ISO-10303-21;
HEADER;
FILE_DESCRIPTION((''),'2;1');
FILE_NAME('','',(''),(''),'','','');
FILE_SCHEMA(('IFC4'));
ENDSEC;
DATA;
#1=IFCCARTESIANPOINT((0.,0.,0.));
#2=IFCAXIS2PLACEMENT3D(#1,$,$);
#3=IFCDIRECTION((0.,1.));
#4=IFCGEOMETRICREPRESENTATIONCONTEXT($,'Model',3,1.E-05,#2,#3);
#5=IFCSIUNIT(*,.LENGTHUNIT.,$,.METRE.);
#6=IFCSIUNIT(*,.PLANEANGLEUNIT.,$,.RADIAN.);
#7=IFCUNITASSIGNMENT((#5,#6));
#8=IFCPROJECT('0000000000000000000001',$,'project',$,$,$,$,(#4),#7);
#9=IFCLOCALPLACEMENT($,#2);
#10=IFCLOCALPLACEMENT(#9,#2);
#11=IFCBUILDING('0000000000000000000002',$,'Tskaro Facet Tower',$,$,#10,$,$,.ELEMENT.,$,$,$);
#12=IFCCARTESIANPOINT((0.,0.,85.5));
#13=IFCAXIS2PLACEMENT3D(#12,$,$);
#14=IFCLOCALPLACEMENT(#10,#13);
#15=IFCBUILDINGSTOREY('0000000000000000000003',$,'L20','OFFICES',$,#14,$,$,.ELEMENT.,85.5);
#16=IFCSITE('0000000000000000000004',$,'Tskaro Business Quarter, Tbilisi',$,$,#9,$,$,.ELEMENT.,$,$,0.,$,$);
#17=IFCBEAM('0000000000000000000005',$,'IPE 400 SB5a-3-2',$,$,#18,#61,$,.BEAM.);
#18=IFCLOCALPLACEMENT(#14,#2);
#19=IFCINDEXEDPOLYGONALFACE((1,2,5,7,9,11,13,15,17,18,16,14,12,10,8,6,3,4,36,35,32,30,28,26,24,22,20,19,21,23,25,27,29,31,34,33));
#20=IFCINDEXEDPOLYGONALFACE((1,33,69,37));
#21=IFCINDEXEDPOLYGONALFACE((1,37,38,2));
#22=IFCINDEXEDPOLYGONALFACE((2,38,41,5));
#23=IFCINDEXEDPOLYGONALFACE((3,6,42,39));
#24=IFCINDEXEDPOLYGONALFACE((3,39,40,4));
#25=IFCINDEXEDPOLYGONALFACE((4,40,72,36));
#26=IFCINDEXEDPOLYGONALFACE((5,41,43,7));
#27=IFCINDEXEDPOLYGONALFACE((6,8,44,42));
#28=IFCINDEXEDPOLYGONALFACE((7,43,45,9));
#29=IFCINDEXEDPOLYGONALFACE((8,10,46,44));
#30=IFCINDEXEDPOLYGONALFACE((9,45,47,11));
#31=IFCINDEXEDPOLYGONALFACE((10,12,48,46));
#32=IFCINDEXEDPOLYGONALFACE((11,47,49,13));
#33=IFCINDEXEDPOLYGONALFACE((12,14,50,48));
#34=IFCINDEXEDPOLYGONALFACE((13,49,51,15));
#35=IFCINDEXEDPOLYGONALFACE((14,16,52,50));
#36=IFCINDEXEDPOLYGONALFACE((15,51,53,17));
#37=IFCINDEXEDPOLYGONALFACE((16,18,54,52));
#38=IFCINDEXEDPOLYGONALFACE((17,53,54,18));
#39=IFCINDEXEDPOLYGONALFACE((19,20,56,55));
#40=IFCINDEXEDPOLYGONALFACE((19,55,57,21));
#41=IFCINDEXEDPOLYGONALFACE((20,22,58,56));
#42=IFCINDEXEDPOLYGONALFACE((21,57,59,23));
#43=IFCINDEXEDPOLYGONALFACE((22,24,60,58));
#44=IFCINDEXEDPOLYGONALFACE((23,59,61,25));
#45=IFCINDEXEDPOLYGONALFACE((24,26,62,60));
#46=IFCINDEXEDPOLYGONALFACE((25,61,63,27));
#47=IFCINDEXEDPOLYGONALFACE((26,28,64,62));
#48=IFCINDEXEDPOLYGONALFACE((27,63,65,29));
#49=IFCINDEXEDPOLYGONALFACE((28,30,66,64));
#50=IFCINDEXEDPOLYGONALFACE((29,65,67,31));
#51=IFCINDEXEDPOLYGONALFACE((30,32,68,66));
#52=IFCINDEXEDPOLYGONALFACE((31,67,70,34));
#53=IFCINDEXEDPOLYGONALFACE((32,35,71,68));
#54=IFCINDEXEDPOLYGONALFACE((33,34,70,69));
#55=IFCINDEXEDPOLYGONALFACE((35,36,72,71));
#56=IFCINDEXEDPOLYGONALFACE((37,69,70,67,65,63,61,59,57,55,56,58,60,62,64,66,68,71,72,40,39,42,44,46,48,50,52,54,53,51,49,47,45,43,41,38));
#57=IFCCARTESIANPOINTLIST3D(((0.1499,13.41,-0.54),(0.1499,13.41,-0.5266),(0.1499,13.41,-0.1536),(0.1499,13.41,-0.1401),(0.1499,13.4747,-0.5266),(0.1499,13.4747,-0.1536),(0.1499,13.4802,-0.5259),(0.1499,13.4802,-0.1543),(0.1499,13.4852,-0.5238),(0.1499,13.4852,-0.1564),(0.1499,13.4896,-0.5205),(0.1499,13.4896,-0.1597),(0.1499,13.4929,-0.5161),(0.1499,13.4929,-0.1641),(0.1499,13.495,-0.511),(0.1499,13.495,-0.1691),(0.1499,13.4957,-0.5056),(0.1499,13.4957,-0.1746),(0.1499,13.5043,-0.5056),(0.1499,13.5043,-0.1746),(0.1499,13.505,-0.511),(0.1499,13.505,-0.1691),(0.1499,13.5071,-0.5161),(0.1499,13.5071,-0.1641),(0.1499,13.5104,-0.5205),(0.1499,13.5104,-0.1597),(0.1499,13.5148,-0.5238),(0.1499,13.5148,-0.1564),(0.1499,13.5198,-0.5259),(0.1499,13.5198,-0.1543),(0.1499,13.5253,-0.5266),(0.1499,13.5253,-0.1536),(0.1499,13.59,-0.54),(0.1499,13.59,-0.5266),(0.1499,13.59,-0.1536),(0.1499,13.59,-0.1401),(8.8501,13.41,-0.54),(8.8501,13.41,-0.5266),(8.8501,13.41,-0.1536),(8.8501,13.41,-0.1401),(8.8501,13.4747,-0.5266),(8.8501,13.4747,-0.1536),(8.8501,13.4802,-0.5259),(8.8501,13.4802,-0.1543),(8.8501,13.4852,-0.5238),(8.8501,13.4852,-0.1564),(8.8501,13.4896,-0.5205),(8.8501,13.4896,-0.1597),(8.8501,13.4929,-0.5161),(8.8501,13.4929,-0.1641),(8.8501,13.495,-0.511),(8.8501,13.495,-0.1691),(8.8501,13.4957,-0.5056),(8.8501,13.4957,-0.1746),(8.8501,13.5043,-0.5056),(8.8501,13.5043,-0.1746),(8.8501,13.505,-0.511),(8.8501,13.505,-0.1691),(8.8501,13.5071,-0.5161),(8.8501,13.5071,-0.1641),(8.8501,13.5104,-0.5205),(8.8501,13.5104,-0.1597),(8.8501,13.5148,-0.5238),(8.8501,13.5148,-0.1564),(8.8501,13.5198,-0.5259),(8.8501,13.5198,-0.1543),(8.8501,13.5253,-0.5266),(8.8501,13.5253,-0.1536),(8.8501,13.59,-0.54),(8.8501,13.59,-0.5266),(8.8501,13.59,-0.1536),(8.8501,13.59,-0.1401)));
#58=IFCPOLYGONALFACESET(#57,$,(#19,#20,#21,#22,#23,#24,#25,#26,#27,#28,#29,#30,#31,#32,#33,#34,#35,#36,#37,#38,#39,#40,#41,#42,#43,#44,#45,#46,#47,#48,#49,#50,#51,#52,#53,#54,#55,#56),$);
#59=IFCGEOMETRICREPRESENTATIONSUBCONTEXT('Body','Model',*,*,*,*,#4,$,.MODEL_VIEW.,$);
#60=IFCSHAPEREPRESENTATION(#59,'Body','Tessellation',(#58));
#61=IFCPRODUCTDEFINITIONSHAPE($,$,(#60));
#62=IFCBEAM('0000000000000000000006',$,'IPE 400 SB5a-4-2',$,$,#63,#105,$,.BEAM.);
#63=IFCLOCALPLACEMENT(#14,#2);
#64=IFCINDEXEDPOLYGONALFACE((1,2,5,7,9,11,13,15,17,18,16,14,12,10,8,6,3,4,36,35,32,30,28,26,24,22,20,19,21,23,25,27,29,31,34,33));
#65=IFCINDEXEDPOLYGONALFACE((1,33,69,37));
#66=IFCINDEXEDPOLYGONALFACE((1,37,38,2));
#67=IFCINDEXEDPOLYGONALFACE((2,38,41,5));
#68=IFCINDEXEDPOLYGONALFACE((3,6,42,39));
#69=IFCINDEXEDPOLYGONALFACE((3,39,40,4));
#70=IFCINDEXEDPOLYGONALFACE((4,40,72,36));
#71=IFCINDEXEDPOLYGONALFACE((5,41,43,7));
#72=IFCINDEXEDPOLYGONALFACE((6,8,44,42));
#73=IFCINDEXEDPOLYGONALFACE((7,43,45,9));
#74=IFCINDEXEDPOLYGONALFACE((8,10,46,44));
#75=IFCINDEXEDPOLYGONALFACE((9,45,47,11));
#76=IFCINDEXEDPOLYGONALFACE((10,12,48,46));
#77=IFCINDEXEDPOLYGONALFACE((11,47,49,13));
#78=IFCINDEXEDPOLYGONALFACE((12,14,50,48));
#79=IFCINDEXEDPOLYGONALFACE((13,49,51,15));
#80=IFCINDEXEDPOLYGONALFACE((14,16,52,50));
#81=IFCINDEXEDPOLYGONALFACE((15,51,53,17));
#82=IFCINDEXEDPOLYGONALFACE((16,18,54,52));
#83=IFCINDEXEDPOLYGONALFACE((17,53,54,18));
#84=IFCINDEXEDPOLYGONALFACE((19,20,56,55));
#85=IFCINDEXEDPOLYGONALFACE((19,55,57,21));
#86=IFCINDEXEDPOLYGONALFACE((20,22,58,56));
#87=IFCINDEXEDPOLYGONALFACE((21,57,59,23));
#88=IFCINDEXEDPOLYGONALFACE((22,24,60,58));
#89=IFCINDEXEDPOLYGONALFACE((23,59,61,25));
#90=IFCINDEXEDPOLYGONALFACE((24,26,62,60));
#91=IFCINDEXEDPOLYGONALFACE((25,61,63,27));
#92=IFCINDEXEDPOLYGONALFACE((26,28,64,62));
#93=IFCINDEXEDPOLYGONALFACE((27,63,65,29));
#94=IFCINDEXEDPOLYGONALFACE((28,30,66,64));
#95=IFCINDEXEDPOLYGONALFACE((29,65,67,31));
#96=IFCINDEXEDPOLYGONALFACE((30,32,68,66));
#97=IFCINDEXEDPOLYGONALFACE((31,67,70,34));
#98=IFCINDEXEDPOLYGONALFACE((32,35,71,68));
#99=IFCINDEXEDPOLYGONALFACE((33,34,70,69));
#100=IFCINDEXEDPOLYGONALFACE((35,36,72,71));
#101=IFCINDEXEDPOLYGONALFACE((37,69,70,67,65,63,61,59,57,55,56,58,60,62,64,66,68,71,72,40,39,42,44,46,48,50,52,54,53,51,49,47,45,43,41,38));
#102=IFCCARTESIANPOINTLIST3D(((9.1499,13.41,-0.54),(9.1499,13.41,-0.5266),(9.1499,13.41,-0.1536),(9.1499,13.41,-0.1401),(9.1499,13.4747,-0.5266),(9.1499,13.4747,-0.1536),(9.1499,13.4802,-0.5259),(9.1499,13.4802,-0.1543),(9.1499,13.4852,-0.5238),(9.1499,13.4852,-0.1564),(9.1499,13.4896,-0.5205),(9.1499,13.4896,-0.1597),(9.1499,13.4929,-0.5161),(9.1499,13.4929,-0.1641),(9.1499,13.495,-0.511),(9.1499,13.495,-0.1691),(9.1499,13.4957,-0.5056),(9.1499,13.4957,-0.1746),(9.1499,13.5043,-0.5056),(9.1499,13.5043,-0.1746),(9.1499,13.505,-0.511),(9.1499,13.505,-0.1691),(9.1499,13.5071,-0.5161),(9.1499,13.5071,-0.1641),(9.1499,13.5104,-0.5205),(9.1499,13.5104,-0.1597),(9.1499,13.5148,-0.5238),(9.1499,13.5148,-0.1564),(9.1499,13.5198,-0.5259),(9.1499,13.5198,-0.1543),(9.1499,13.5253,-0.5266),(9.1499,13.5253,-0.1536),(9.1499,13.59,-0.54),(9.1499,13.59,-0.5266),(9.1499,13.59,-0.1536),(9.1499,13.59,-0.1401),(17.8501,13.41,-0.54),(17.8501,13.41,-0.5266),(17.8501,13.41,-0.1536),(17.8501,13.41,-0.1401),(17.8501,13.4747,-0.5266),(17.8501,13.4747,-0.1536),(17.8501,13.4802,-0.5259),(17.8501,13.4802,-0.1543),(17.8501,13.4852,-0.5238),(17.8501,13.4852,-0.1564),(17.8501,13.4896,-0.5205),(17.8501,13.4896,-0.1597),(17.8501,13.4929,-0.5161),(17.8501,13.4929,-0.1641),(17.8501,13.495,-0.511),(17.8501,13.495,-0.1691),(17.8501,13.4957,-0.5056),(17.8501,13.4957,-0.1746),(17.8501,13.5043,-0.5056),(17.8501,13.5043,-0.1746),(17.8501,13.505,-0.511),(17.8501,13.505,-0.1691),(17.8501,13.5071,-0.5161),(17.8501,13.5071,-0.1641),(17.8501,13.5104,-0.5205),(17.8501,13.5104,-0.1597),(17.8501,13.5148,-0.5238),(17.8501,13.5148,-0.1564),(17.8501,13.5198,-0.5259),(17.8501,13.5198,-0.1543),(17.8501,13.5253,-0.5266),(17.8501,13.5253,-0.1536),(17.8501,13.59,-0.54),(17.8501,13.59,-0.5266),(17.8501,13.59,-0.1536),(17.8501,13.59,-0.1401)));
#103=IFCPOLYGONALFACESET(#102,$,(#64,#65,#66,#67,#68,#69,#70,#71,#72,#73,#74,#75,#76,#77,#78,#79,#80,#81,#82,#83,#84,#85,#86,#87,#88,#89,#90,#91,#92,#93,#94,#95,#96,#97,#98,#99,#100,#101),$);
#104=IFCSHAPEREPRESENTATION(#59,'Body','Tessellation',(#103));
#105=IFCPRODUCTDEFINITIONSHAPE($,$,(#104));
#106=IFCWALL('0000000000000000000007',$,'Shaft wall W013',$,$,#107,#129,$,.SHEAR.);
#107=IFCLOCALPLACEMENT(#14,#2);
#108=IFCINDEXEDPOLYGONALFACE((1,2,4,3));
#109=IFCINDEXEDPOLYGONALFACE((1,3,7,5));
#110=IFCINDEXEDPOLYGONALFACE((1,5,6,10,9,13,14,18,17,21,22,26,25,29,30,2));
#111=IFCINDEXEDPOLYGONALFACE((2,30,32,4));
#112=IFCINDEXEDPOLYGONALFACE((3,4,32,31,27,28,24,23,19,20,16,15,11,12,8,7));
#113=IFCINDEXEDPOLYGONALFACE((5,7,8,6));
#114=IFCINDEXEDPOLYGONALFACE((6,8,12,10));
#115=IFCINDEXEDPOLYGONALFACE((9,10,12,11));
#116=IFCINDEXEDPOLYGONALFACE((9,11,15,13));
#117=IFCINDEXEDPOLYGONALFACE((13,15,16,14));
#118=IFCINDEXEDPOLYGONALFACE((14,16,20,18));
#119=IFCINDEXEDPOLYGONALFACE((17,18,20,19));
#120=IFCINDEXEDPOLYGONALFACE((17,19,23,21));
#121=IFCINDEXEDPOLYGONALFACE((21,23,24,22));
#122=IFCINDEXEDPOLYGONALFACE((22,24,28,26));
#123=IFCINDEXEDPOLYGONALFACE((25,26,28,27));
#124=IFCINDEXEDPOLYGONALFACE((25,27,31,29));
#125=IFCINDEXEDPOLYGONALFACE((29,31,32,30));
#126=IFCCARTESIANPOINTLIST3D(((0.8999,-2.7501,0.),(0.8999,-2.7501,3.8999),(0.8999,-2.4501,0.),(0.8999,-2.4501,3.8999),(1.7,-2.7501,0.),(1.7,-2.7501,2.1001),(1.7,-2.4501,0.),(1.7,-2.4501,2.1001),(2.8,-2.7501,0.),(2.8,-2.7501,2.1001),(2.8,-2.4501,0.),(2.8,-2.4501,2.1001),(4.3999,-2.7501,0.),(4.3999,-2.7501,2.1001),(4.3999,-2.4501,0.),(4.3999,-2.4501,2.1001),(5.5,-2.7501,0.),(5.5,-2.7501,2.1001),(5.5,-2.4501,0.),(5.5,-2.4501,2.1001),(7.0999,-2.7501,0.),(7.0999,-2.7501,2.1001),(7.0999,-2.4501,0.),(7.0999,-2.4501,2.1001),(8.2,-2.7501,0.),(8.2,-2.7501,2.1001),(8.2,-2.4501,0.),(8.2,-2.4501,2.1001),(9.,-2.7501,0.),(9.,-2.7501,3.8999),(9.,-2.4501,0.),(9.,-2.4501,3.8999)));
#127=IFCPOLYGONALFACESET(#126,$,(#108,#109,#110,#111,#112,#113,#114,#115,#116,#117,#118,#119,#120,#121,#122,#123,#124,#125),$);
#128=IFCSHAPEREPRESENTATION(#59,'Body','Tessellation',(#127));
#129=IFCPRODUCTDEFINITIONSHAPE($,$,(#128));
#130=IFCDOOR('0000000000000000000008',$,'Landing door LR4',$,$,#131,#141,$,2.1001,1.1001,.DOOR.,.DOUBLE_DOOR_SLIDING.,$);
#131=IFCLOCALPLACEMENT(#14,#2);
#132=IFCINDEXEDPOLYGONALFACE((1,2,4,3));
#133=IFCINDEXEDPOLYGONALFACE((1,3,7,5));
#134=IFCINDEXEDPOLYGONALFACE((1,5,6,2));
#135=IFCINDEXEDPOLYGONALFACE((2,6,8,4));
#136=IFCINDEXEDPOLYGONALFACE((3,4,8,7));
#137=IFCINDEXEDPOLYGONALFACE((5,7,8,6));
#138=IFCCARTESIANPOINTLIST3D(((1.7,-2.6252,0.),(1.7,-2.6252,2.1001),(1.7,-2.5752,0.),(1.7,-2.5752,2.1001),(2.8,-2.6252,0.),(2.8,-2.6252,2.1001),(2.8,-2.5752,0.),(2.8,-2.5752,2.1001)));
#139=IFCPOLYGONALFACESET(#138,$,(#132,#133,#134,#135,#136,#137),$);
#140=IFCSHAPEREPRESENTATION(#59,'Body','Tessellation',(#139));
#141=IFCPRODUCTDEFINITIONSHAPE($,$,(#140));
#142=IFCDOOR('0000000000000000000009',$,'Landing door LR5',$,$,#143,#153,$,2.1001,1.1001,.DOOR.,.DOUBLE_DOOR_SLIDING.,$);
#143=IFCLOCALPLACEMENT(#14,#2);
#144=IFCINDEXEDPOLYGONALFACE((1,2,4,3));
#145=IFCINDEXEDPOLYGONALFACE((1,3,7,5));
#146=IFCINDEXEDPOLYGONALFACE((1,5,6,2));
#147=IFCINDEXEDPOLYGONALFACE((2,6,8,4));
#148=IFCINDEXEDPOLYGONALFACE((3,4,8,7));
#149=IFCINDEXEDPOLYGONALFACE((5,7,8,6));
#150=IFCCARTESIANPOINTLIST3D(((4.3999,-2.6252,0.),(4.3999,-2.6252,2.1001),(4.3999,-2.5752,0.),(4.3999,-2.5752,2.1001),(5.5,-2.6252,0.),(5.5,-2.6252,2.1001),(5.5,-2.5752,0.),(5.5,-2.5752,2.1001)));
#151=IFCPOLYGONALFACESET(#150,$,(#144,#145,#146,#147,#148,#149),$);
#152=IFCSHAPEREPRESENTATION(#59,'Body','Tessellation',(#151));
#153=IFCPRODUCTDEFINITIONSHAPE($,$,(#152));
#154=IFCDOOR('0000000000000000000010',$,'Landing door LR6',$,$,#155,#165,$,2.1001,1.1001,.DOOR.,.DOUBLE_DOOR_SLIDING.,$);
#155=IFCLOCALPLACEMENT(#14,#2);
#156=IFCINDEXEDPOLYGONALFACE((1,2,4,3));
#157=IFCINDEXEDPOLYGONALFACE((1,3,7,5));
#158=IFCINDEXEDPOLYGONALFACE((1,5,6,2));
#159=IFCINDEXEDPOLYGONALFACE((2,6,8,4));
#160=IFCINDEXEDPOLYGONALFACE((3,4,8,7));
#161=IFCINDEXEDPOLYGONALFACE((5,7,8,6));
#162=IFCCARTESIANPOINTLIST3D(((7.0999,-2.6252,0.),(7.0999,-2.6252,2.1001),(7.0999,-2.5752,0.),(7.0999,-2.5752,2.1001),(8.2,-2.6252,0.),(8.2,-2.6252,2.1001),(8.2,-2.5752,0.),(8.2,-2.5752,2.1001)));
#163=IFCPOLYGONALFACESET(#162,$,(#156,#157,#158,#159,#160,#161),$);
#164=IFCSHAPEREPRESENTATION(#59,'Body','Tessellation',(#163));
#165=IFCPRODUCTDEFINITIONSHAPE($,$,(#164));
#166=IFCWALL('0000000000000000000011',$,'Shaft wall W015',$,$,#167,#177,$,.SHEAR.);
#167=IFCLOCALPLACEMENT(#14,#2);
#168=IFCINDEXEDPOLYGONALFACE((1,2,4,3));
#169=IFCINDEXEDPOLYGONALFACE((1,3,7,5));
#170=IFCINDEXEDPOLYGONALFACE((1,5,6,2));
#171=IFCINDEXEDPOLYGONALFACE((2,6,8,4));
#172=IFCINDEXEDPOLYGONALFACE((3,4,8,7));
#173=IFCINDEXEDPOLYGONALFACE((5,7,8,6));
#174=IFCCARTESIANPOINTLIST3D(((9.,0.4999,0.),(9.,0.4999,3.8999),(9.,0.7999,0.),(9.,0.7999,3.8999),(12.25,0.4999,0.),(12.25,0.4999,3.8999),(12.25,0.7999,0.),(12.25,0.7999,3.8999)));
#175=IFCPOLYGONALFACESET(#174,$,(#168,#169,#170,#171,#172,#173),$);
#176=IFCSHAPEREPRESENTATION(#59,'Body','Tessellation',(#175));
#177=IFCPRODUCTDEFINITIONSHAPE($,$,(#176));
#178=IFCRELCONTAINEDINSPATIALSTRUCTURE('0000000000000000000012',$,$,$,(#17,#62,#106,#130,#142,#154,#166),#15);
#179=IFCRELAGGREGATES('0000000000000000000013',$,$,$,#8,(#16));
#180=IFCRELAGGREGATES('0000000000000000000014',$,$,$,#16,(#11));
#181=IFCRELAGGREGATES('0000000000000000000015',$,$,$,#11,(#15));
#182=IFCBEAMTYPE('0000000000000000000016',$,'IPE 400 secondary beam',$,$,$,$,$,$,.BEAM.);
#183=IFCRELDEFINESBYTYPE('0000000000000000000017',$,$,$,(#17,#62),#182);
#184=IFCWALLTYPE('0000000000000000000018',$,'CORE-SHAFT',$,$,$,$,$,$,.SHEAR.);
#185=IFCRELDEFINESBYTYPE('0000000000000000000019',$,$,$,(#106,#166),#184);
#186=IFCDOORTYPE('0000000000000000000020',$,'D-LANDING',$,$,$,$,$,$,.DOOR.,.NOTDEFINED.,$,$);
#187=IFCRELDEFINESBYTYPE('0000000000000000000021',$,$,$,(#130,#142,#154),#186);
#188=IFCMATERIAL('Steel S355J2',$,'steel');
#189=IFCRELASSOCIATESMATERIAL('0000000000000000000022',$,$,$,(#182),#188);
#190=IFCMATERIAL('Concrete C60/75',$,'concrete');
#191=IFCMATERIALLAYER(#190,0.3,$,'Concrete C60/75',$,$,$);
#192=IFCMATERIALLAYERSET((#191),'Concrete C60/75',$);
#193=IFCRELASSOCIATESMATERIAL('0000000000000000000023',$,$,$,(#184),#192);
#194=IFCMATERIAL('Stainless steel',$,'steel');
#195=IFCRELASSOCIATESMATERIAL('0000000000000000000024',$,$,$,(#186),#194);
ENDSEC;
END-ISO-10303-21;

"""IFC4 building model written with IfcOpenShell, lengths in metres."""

from ifc_helpers import new_model, si_unit, direction, frame, frame_2d, origin, origin_2d, place, context, subcontext, project, spatial, rectangle, i_section, extrude, material, layer, layer_set, material_profile, profile_set, type_object, element, fill, save


model = new_model("IFC4")

# Units and contexts
model_context = context("Model", 3, precision=1e-05, world=origin(), true_north=direction((0.0, 1.0)))
body_context = subcontext(model_context, "Body", "Model", "MODEL_VIEW")
ifc_project = project(units=[si_unit("LENGTHUNIT", "METRE"), si_unit("PLANEANGLEUNIT", "RADIAN")], contexts=[model_context])

# Site, building, storey
site_placement = place(None, origin())
site = spatial("IfcSite", under=ifc_project, at=site_placement, Name="Tskaro Business Quarter, Tbilisi", CompositionType="ELEMENT", RefElevation=0.0)
building_placement = place(site_placement, origin())
building = spatial("IfcBuilding", under=site, at=building_placement, Name="Tskaro Facet Tower", CompositionType="ELEMENT")
storey_placement = place(building_placement, frame((0.0, 0.0, 85.5)))
storey = spatial("IfcBuildingStorey", under=building, at=storey_placement, Name="L20", Description="OFFICES", CompositionType="ELEMENT", Elevation=85.5)

# Beams
ifc_material_1 = material(Name="Steel S355J2", Category="steel")
ifc_material_profile_1 = material_profile(ifc_material_1, i_section(OverallWidth=0.1799, OverallDepth=0.3999, WebThickness=0.0085, FlangeThickness=0.0134, FilletRadius=0.021, at=origin_2d()), Name="IPE 400")
ifc_profile_set_1 = profile_set([ifc_material_profile_1], Name="Steel S355J2")
beam_type_1 = type_object("IfcBeamType", Name="IPE 400 secondary beam", PredefinedType="BEAM", material=ifc_profile_set_1)
for number, where, z_axis, x_axis, name in (
    (1, (0.1499, 13.5, -0.3401), (1.0, 0.0, 0.0), (0.0, 1.0, 0.0), "IPE 400 SB5a-3-2"),
    (2, (9.1499, 13.5, -0.3401), (1.0, 0.0, 0.0), (0.0, 1.0, 0.0), "IPE 400 SB5a-4-2"),
):
    element("IfcBeam", number, at=place(storey_placement, frame(where, z_axis=z_axis, x_axis=x_axis)), inside=storey, type_object=beam_type_1, Name=name, PredefinedType="BEAM", context=body_context, shape_type="SweptSolid", body=[
        extrude(i_section(OverallWidth=0.1799, OverallDepth=0.3999, WebThickness=0.0085, FlangeThickness=0.0134, FilletRadius=0.021, at=origin_2d()), origin(), (0.0, 0.0, 1.0), 8.7002),
    ])

# Wall, openings, doors
ifc_material_2 = material(Name="Concrete C60/75", Category="concrete")
ifc_layer_1 = layer(ifc_material_2, 0.3, Name="Concrete C60/75")
ifc_layer_set_1 = layer_set([ifc_layer_1], Name="Concrete C60/75")
wall_type_1 = type_object("IfcWallType", Name="CORE-SHAFT", PredefinedType="SHEAR", material=ifc_layer_set_1)
wall_1_placement = place(storey_placement, frame((0.8999, -2.6001, 0.0), z_axis=(0.0, 0.0, 1.0), x_axis=(1.0, 0.0, 0.0)))
wall_1 = element("IfcWall", 3, at=wall_1_placement, inside=storey, type_object=wall_type_1, Name="Shaft wall W013", PredefinedType="SHEAR", context=body_context, shape_type="SweptSolid", body=[
    extrude(rectangle(XDim=8.1001, YDim=0.3, at=frame_2d((4.05, 0.0))), origin(), (0.0, 0.0, 1.0), 3.8999),
])
opening_1_placement = place(wall_1_placement, frame((0.8, 0.0, 0.0)))
opening_1 = element("IfcOpeningElement", 4, at=opening_1_placement, cuts=wall_1, PredefinedType="OPENING", context=body_context, shape_type="SweptSolid", body=[
    extrude(rectangle(XDim=1.1001, YDim=2.1001, at=frame_2d((0.55, 1.05))), frame((0.0, 0.1599, 0.0), z_axis=(0.0, -1.0, 0.0), x_axis=(1.0, 0.0, 0.0)), (0.0, 0.0, 1.0), 0.3201),
])
opening_2_placement = place(wall_1_placement, frame((3.5, 0.0, 0.0)))
opening_2 = element("IfcOpeningElement", 5, at=opening_2_placement, cuts=wall_1, PredefinedType="OPENING", context=body_context, shape_type="SweptSolid", body=[
    extrude(rectangle(XDim=1.1001, YDim=2.1001, at=frame_2d((0.55, 1.05))), frame((0.0, 0.1599, 0.0), z_axis=(0.0, -1.0, 0.0), x_axis=(1.0, 0.0, 0.0)), (0.0, 0.0, 1.0), 0.3201),
])
opening_3_placement = place(wall_1_placement, frame((6.2, 0.0, 0.0)))
opening_3 = element("IfcOpeningElement", 6, at=opening_3_placement, cuts=wall_1, PredefinedType="OPENING", context=body_context, shape_type="SweptSolid", body=[
    extrude(rectangle(XDim=1.1001, YDim=2.1001, at=frame_2d((0.55, 1.05))), frame((0.0, 0.1599, 0.0), z_axis=(0.0, -1.0, 0.0), x_axis=(1.0, 0.0, 0.0)), (0.0, 0.0, 1.0), 0.3201),
])
ifc_material_3 = material(Name="Stainless steel", Category="steel")
door_type_1 = type_object("IfcDoorType", Name="D-LANDING", OperationType="NOTDEFINED", PredefinedType="DOOR", material=ifc_material_3)
door_1_placement = place(opening_1_placement, origin())
door_1 = element("IfcDoor", 7, at=door_1_placement, inside=storey, type_object=door_type_1, Name="Landing door LR4", OperationType="DOUBLE_DOOR_SLIDING", OverallHeight=2.1001, OverallWidth=1.1001, PredefinedType="DOOR", context=body_context, shape_type="SweptSolid", body=[
    extrude(rectangle(XDim=1.1001, YDim=2.1001, at=frame_2d((0.55, 1.05))), frame((0.0, 0.0249, 0.0), z_axis=(0.0, -1.0, 0.0), x_axis=(1.0, 0.0, 0.0)), (0.0, 0.0, 1.0), 0.05),
])
fill(opening_1, door_1)
door_2_placement = place(opening_2_placement, origin())
door_2 = element("IfcDoor", 8, at=door_2_placement, inside=storey, type_object=door_type_1, Name="Landing door LR5", OperationType="DOUBLE_DOOR_SLIDING", OverallHeight=2.1001, OverallWidth=1.1001, PredefinedType="DOOR", context=body_context, shape_type="SweptSolid", body=[
    extrude(rectangle(XDim=1.1001, YDim=2.1001, at=frame_2d((0.55, 1.05))), frame((0.0, 0.0249, 0.0), z_axis=(0.0, -1.0, 0.0), x_axis=(1.0, 0.0, 0.0)), (0.0, 0.0, 1.0), 0.05),
])
fill(opening_2, door_2)
door_3_placement = place(opening_3_placement, origin())
door_3 = element("IfcDoor", 9, at=door_3_placement, inside=storey, type_object=door_type_1, Name="Landing door LR6", OperationType="DOUBLE_DOOR_SLIDING", OverallHeight=2.1001, OverallWidth=1.1001, PredefinedType="DOOR", context=body_context, shape_type="SweptSolid", body=[
    extrude(rectangle(XDim=1.1001, YDim=2.1001, at=frame_2d((0.55, 1.05))), frame((0.0, 0.0249, 0.0), z_axis=(0.0, -1.0, 0.0), x_axis=(1.0, 0.0, 0.0)), (0.0, 0.0, 1.0), 0.05),
])
fill(opening_3, door_3)

# Wall
wall_2_placement = place(storey_placement, frame((12.25, 0.6499, 0.0), z_axis=(0.0, 0.0, 1.0), x_axis=(-1.0, 0.0, 0.0)))
element("IfcWall", 10, at=wall_2_placement, inside=storey, type_object=wall_type_1, Name="Shaft wall W015", PredefinedType="SHEAR", context=body_context, shape_type="SweptSolid", body=[
    extrude(rectangle(XDim=3.25, YDim=0.3, at=frame_2d((1.625, 0.0))), origin(), (0.0, 0.0, 1.0), 3.8999),
])

save(model, "model.ifc")
